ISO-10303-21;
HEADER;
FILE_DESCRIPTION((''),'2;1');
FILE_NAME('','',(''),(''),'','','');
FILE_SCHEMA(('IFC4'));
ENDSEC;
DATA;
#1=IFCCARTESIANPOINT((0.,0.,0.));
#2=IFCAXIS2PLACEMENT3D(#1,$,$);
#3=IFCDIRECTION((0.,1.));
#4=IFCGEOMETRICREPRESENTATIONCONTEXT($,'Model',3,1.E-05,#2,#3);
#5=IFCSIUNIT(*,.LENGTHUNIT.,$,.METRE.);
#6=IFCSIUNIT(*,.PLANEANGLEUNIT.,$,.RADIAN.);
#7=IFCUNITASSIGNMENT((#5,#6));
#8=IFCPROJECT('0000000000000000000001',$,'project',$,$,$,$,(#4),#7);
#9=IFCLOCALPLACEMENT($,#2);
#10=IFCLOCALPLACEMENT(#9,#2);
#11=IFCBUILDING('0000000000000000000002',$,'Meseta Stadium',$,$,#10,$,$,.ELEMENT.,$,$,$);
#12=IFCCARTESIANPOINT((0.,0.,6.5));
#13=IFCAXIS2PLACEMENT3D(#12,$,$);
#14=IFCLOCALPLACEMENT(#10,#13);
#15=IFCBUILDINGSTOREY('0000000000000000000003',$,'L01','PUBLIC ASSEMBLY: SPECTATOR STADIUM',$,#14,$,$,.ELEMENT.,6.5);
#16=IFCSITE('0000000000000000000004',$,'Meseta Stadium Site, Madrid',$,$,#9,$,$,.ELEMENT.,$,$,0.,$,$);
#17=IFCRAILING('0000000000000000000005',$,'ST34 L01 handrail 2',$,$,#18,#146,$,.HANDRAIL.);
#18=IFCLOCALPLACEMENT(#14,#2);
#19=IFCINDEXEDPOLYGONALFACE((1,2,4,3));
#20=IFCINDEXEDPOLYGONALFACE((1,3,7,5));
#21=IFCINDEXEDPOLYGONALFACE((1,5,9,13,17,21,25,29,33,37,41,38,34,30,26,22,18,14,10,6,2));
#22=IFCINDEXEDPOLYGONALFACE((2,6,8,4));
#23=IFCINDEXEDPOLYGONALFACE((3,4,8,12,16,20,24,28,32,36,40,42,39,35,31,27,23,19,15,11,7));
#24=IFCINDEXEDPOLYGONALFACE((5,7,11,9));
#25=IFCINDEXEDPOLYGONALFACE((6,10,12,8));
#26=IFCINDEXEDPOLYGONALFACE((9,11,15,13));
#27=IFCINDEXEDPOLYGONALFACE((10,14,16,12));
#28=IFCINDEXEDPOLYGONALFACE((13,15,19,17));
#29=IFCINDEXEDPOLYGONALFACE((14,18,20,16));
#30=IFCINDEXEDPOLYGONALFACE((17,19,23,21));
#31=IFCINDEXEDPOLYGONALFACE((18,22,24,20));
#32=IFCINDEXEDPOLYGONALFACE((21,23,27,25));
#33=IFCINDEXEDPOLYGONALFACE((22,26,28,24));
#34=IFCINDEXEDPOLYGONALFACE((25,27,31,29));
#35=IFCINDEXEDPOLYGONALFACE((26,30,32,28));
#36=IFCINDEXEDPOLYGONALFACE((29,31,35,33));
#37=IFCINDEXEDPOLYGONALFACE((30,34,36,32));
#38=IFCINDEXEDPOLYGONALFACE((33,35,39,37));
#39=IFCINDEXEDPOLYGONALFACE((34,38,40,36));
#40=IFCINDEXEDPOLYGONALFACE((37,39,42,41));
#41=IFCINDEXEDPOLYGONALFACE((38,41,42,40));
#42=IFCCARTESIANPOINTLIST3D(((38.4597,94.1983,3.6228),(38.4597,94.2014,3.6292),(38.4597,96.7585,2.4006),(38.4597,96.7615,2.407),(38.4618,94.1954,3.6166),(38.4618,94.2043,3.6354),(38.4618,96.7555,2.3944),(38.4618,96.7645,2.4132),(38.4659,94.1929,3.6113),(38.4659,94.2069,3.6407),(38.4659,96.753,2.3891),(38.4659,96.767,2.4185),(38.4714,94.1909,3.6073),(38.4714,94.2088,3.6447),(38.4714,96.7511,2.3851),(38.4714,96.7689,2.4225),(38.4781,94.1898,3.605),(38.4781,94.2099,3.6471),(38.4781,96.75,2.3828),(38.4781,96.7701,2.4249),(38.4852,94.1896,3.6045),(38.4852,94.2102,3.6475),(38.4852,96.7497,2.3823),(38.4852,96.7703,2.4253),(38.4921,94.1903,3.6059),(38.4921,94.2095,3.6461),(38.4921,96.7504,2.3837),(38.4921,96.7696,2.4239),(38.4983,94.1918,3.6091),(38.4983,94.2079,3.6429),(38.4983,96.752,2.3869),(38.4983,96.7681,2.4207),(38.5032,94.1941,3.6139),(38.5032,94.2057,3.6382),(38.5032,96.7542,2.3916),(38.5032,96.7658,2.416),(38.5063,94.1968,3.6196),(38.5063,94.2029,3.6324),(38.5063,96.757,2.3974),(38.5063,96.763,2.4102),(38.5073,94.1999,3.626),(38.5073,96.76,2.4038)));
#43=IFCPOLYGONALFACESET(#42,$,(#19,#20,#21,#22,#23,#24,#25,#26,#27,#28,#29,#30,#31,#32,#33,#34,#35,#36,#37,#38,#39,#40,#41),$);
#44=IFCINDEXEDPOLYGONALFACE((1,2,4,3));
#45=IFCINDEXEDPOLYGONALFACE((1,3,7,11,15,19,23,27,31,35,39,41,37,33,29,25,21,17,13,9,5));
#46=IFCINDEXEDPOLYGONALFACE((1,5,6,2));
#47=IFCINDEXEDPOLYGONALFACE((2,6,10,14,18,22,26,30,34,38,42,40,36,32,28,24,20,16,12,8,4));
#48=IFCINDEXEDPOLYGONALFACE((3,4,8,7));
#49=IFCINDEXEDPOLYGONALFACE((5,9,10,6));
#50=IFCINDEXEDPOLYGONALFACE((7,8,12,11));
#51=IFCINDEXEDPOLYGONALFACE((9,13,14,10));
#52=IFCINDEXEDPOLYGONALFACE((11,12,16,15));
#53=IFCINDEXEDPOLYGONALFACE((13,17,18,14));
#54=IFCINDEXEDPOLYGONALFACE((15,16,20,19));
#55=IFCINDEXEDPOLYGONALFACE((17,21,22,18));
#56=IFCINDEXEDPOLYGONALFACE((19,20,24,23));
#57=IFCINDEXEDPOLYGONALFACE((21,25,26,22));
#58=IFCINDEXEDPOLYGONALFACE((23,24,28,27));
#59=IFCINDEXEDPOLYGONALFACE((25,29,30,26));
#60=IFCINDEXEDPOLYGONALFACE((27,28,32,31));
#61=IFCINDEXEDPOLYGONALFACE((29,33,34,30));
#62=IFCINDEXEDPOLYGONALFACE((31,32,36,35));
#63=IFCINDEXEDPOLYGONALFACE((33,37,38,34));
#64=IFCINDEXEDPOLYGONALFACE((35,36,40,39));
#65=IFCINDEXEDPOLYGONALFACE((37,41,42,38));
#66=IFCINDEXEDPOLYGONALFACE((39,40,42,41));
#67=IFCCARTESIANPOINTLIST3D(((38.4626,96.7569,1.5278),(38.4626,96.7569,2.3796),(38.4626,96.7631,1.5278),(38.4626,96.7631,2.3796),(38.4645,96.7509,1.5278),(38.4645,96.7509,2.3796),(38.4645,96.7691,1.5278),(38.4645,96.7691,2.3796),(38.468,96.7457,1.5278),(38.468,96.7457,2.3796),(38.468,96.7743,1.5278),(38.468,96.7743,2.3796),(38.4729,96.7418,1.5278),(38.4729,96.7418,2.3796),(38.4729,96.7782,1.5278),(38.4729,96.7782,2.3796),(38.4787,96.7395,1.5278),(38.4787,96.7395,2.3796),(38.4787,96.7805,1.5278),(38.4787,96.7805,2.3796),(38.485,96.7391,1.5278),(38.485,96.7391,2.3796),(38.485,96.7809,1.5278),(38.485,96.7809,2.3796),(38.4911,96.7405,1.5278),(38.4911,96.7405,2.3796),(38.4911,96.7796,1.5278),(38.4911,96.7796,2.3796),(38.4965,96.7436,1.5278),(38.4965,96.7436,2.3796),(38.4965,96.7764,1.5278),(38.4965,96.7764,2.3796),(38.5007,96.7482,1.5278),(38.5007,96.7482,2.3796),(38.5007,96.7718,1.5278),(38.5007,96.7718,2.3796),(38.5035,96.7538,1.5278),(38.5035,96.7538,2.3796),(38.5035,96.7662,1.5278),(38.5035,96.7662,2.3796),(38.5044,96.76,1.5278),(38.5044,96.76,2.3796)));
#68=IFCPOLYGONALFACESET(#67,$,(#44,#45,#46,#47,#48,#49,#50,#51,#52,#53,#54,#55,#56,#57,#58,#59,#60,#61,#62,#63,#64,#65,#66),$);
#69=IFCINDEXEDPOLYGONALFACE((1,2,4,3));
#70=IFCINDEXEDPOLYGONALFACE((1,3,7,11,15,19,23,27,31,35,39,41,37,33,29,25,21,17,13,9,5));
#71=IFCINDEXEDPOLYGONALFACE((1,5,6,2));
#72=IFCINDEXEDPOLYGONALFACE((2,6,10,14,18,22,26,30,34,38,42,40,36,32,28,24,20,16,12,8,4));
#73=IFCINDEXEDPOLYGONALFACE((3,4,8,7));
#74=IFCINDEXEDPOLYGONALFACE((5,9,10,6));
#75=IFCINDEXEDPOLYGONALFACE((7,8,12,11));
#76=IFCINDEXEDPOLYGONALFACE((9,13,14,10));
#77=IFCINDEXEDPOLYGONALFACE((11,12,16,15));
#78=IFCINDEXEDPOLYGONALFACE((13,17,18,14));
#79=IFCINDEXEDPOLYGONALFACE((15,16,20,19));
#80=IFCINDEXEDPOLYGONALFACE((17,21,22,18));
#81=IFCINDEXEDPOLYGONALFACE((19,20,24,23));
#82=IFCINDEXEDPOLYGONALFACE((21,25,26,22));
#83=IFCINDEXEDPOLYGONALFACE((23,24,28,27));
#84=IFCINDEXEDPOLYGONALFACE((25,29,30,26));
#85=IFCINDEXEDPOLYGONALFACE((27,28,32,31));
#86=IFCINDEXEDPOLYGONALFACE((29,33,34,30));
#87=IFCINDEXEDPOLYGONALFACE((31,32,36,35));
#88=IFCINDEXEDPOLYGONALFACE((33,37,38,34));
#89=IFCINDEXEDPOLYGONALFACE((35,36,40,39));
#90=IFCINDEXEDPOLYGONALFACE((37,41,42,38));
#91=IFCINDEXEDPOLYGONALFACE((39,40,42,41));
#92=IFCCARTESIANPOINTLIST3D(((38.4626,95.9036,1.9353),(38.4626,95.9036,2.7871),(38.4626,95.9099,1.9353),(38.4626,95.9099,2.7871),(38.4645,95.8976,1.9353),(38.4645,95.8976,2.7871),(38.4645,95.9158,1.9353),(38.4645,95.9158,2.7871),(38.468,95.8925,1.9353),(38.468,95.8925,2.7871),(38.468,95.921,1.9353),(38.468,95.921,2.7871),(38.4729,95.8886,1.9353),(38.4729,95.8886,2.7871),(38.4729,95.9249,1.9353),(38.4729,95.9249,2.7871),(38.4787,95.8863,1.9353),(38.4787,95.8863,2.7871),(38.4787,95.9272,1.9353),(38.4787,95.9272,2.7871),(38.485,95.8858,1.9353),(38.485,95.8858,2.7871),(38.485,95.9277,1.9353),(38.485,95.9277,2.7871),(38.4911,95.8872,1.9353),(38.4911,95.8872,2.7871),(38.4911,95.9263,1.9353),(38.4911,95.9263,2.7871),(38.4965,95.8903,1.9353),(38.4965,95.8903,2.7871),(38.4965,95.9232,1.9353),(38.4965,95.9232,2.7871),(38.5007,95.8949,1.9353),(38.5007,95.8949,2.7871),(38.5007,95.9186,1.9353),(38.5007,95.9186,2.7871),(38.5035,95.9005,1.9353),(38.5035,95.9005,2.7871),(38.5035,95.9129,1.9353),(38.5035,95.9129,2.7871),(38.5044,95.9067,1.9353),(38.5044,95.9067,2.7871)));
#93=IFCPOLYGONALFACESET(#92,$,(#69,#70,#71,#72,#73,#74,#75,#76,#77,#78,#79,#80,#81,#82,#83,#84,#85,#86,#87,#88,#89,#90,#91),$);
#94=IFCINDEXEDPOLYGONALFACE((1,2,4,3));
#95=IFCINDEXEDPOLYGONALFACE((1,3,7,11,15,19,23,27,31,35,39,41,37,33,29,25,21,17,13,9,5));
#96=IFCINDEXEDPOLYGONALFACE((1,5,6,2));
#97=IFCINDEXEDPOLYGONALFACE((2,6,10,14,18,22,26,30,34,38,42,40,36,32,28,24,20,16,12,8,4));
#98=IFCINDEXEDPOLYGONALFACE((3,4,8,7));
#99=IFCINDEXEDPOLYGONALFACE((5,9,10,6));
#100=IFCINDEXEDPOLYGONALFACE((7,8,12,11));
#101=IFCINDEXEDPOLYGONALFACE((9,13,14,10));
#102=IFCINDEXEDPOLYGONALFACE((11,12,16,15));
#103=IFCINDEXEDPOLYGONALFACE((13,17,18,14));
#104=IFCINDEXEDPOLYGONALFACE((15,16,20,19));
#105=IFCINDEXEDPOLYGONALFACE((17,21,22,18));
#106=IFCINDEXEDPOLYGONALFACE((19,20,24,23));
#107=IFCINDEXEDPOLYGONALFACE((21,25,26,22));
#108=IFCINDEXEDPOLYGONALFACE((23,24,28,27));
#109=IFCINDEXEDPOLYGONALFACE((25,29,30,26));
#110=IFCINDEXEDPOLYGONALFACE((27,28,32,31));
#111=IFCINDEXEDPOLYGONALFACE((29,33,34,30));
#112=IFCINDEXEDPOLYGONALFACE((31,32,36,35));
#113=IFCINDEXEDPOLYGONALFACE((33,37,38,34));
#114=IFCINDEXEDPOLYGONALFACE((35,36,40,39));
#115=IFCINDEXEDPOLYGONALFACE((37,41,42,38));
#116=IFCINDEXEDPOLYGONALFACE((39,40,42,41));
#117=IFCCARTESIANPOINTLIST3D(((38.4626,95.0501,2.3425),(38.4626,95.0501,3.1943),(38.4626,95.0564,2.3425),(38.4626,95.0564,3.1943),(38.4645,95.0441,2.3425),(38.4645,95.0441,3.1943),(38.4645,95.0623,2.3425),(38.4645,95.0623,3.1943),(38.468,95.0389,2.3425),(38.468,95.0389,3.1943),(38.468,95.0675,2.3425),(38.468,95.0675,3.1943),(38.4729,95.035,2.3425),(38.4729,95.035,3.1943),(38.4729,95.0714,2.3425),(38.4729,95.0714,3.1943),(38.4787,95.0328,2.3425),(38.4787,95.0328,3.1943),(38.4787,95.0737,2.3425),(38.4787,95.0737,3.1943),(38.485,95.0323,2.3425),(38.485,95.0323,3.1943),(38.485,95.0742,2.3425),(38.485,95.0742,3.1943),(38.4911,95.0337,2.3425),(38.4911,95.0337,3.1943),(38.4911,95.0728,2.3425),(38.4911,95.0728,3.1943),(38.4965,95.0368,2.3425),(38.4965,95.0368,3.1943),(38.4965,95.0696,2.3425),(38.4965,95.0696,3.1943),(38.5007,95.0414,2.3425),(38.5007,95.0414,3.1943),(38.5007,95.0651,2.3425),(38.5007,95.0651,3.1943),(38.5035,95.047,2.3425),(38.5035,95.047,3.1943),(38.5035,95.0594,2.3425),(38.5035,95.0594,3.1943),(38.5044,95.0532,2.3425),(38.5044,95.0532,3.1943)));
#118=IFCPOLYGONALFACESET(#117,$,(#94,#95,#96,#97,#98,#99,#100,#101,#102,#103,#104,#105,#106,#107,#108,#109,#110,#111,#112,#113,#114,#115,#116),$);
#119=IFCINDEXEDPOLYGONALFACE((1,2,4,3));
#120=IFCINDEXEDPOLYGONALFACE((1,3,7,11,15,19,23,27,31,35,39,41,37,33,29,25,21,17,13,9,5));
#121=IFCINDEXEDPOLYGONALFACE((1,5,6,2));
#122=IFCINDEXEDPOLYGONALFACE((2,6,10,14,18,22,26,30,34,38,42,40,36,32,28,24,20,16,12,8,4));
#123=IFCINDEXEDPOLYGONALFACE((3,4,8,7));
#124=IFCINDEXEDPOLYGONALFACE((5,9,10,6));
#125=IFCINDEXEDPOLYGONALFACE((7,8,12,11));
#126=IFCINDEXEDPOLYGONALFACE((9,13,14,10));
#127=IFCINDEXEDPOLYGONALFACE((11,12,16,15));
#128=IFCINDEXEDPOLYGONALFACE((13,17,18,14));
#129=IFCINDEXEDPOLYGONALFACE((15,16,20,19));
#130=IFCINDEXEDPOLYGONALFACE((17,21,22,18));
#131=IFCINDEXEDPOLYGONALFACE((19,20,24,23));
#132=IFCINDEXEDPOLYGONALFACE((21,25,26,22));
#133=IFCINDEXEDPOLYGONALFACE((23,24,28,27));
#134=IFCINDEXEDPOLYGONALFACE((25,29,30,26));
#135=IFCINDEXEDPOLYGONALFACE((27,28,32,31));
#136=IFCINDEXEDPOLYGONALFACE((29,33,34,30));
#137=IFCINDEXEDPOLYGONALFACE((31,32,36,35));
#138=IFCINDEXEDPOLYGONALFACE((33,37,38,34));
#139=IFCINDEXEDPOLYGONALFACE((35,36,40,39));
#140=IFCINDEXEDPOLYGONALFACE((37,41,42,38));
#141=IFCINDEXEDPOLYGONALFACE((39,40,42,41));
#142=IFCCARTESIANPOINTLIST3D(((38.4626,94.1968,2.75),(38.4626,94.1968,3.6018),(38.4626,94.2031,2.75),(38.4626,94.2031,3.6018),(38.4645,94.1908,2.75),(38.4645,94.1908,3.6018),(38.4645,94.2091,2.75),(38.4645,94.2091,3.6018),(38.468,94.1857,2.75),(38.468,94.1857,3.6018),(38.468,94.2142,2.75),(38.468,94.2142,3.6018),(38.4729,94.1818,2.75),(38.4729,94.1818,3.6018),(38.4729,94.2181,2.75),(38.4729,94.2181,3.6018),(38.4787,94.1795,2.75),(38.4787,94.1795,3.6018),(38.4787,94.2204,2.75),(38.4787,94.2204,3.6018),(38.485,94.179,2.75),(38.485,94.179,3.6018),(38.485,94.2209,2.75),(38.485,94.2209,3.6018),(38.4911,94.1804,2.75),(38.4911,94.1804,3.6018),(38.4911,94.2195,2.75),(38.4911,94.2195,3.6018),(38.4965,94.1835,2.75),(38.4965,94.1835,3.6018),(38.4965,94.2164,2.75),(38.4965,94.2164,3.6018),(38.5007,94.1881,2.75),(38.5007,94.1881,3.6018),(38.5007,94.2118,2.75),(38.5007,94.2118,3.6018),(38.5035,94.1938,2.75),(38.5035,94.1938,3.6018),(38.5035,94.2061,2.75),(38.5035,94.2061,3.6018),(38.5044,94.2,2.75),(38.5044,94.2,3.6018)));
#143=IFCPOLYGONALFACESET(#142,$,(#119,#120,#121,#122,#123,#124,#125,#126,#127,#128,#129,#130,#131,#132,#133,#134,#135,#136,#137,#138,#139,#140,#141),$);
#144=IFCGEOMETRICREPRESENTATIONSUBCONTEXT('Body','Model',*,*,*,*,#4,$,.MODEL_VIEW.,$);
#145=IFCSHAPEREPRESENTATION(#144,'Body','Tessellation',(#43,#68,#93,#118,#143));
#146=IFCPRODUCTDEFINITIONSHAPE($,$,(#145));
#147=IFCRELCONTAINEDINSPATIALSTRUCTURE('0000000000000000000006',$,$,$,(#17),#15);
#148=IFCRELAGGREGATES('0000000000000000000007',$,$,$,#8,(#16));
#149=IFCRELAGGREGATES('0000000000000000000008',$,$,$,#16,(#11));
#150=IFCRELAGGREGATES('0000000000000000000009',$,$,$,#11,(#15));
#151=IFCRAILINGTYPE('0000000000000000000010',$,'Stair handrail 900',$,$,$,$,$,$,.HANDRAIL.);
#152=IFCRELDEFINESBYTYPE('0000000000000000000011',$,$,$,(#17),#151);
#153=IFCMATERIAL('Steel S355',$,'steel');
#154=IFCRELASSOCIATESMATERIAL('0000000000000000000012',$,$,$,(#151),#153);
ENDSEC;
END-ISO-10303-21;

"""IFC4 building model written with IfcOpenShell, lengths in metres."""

from ifc_helpers import new_model, si_unit, direction, frame, origin, origin_2d, place, context, subcontext, project, spatial, circle, extrude, material, type_object, element, save


model = new_model("IFC4")

# Units and contexts
model_context = context("Model", 3, precision=1e-05, world=origin(), true_north=direction((0.0, 1.0)))
body_context = subcontext(model_context, "Body", "Model", "MODEL_VIEW")
ifc_project = project(units=[si_unit("LENGTHUNIT", "METRE"), si_unit("PLANEANGLEUNIT", "RADIAN")], contexts=[model_context])

# Site, building, storey
site_placement = place(None, origin())
site = spatial("IfcSite", under=ifc_project, at=site_placement, Name="Meseta Stadium Site, Madrid", CompositionType="ELEMENT", RefElevation=0.0)
building_placement = place(site_placement, origin())
building = spatial("IfcBuilding", under=site, at=building_placement, Name="Meseta Stadium", CompositionType="ELEMENT")
storey_placement = place(building_placement, frame((0.0, 0.0, 6.5)))
storey = spatial("IfcBuildingStorey", under=building, at=storey_placement, Name="L01", Description="PUBLIC ASSEMBLY: SPECTATOR STADIUM", CompositionType="ELEMENT", Elevation=6.5)

# Railing
ifc_material_1 = material(Name="Steel S355", Category="steel")
railing_type_1 = type_object("IfcRailingType", Name="Stair handrail 900", PredefinedType="HANDRAIL", material=ifc_material_1)
railing_1_placement = place(storey_placement, frame((38.4834, 96.76, 1.5278)))
element("IfcRailing", 1, at=railing_1_placement, inside=storey, type_object=railing_type_1, Name="ST34 L01 handrail 2", PredefinedType="HANDRAIL", context=body_context, shape_type="SweptSolid", body=[
    extrude(circle(Radius=0.0239, at=origin_2d()), frame((0.0, 0.0, 0.876), z_axis=(0.0, -0.902437, 0.430822), x_axis=(1.0, 0.0, 0.0)), (0.0, 0.0, 1.0), 2.8369),
    extrude(circle(Radius=0.021, at=origin_2d()), origin(), (0.0, 0.0, 1.0), 0.8518),
    extrude(circle(Radius=0.021, at=origin_2d()), frame((0.0, -0.8533, 0.4075)), (0.0, 0.0, 1.0), 0.8518),
    extrude(circle(Radius=0.021, at=origin_2d()), frame((0.0, -1.7068, 0.8147)), (0.0, 0.0, 1.0), 0.8518),
    extrude(circle(Radius=0.021, at=origin_2d()), frame((0.0, -2.5601, 1.2222)), (0.0, 0.0, 1.0), 0.8518),
])

save(model, "model.ifc")
